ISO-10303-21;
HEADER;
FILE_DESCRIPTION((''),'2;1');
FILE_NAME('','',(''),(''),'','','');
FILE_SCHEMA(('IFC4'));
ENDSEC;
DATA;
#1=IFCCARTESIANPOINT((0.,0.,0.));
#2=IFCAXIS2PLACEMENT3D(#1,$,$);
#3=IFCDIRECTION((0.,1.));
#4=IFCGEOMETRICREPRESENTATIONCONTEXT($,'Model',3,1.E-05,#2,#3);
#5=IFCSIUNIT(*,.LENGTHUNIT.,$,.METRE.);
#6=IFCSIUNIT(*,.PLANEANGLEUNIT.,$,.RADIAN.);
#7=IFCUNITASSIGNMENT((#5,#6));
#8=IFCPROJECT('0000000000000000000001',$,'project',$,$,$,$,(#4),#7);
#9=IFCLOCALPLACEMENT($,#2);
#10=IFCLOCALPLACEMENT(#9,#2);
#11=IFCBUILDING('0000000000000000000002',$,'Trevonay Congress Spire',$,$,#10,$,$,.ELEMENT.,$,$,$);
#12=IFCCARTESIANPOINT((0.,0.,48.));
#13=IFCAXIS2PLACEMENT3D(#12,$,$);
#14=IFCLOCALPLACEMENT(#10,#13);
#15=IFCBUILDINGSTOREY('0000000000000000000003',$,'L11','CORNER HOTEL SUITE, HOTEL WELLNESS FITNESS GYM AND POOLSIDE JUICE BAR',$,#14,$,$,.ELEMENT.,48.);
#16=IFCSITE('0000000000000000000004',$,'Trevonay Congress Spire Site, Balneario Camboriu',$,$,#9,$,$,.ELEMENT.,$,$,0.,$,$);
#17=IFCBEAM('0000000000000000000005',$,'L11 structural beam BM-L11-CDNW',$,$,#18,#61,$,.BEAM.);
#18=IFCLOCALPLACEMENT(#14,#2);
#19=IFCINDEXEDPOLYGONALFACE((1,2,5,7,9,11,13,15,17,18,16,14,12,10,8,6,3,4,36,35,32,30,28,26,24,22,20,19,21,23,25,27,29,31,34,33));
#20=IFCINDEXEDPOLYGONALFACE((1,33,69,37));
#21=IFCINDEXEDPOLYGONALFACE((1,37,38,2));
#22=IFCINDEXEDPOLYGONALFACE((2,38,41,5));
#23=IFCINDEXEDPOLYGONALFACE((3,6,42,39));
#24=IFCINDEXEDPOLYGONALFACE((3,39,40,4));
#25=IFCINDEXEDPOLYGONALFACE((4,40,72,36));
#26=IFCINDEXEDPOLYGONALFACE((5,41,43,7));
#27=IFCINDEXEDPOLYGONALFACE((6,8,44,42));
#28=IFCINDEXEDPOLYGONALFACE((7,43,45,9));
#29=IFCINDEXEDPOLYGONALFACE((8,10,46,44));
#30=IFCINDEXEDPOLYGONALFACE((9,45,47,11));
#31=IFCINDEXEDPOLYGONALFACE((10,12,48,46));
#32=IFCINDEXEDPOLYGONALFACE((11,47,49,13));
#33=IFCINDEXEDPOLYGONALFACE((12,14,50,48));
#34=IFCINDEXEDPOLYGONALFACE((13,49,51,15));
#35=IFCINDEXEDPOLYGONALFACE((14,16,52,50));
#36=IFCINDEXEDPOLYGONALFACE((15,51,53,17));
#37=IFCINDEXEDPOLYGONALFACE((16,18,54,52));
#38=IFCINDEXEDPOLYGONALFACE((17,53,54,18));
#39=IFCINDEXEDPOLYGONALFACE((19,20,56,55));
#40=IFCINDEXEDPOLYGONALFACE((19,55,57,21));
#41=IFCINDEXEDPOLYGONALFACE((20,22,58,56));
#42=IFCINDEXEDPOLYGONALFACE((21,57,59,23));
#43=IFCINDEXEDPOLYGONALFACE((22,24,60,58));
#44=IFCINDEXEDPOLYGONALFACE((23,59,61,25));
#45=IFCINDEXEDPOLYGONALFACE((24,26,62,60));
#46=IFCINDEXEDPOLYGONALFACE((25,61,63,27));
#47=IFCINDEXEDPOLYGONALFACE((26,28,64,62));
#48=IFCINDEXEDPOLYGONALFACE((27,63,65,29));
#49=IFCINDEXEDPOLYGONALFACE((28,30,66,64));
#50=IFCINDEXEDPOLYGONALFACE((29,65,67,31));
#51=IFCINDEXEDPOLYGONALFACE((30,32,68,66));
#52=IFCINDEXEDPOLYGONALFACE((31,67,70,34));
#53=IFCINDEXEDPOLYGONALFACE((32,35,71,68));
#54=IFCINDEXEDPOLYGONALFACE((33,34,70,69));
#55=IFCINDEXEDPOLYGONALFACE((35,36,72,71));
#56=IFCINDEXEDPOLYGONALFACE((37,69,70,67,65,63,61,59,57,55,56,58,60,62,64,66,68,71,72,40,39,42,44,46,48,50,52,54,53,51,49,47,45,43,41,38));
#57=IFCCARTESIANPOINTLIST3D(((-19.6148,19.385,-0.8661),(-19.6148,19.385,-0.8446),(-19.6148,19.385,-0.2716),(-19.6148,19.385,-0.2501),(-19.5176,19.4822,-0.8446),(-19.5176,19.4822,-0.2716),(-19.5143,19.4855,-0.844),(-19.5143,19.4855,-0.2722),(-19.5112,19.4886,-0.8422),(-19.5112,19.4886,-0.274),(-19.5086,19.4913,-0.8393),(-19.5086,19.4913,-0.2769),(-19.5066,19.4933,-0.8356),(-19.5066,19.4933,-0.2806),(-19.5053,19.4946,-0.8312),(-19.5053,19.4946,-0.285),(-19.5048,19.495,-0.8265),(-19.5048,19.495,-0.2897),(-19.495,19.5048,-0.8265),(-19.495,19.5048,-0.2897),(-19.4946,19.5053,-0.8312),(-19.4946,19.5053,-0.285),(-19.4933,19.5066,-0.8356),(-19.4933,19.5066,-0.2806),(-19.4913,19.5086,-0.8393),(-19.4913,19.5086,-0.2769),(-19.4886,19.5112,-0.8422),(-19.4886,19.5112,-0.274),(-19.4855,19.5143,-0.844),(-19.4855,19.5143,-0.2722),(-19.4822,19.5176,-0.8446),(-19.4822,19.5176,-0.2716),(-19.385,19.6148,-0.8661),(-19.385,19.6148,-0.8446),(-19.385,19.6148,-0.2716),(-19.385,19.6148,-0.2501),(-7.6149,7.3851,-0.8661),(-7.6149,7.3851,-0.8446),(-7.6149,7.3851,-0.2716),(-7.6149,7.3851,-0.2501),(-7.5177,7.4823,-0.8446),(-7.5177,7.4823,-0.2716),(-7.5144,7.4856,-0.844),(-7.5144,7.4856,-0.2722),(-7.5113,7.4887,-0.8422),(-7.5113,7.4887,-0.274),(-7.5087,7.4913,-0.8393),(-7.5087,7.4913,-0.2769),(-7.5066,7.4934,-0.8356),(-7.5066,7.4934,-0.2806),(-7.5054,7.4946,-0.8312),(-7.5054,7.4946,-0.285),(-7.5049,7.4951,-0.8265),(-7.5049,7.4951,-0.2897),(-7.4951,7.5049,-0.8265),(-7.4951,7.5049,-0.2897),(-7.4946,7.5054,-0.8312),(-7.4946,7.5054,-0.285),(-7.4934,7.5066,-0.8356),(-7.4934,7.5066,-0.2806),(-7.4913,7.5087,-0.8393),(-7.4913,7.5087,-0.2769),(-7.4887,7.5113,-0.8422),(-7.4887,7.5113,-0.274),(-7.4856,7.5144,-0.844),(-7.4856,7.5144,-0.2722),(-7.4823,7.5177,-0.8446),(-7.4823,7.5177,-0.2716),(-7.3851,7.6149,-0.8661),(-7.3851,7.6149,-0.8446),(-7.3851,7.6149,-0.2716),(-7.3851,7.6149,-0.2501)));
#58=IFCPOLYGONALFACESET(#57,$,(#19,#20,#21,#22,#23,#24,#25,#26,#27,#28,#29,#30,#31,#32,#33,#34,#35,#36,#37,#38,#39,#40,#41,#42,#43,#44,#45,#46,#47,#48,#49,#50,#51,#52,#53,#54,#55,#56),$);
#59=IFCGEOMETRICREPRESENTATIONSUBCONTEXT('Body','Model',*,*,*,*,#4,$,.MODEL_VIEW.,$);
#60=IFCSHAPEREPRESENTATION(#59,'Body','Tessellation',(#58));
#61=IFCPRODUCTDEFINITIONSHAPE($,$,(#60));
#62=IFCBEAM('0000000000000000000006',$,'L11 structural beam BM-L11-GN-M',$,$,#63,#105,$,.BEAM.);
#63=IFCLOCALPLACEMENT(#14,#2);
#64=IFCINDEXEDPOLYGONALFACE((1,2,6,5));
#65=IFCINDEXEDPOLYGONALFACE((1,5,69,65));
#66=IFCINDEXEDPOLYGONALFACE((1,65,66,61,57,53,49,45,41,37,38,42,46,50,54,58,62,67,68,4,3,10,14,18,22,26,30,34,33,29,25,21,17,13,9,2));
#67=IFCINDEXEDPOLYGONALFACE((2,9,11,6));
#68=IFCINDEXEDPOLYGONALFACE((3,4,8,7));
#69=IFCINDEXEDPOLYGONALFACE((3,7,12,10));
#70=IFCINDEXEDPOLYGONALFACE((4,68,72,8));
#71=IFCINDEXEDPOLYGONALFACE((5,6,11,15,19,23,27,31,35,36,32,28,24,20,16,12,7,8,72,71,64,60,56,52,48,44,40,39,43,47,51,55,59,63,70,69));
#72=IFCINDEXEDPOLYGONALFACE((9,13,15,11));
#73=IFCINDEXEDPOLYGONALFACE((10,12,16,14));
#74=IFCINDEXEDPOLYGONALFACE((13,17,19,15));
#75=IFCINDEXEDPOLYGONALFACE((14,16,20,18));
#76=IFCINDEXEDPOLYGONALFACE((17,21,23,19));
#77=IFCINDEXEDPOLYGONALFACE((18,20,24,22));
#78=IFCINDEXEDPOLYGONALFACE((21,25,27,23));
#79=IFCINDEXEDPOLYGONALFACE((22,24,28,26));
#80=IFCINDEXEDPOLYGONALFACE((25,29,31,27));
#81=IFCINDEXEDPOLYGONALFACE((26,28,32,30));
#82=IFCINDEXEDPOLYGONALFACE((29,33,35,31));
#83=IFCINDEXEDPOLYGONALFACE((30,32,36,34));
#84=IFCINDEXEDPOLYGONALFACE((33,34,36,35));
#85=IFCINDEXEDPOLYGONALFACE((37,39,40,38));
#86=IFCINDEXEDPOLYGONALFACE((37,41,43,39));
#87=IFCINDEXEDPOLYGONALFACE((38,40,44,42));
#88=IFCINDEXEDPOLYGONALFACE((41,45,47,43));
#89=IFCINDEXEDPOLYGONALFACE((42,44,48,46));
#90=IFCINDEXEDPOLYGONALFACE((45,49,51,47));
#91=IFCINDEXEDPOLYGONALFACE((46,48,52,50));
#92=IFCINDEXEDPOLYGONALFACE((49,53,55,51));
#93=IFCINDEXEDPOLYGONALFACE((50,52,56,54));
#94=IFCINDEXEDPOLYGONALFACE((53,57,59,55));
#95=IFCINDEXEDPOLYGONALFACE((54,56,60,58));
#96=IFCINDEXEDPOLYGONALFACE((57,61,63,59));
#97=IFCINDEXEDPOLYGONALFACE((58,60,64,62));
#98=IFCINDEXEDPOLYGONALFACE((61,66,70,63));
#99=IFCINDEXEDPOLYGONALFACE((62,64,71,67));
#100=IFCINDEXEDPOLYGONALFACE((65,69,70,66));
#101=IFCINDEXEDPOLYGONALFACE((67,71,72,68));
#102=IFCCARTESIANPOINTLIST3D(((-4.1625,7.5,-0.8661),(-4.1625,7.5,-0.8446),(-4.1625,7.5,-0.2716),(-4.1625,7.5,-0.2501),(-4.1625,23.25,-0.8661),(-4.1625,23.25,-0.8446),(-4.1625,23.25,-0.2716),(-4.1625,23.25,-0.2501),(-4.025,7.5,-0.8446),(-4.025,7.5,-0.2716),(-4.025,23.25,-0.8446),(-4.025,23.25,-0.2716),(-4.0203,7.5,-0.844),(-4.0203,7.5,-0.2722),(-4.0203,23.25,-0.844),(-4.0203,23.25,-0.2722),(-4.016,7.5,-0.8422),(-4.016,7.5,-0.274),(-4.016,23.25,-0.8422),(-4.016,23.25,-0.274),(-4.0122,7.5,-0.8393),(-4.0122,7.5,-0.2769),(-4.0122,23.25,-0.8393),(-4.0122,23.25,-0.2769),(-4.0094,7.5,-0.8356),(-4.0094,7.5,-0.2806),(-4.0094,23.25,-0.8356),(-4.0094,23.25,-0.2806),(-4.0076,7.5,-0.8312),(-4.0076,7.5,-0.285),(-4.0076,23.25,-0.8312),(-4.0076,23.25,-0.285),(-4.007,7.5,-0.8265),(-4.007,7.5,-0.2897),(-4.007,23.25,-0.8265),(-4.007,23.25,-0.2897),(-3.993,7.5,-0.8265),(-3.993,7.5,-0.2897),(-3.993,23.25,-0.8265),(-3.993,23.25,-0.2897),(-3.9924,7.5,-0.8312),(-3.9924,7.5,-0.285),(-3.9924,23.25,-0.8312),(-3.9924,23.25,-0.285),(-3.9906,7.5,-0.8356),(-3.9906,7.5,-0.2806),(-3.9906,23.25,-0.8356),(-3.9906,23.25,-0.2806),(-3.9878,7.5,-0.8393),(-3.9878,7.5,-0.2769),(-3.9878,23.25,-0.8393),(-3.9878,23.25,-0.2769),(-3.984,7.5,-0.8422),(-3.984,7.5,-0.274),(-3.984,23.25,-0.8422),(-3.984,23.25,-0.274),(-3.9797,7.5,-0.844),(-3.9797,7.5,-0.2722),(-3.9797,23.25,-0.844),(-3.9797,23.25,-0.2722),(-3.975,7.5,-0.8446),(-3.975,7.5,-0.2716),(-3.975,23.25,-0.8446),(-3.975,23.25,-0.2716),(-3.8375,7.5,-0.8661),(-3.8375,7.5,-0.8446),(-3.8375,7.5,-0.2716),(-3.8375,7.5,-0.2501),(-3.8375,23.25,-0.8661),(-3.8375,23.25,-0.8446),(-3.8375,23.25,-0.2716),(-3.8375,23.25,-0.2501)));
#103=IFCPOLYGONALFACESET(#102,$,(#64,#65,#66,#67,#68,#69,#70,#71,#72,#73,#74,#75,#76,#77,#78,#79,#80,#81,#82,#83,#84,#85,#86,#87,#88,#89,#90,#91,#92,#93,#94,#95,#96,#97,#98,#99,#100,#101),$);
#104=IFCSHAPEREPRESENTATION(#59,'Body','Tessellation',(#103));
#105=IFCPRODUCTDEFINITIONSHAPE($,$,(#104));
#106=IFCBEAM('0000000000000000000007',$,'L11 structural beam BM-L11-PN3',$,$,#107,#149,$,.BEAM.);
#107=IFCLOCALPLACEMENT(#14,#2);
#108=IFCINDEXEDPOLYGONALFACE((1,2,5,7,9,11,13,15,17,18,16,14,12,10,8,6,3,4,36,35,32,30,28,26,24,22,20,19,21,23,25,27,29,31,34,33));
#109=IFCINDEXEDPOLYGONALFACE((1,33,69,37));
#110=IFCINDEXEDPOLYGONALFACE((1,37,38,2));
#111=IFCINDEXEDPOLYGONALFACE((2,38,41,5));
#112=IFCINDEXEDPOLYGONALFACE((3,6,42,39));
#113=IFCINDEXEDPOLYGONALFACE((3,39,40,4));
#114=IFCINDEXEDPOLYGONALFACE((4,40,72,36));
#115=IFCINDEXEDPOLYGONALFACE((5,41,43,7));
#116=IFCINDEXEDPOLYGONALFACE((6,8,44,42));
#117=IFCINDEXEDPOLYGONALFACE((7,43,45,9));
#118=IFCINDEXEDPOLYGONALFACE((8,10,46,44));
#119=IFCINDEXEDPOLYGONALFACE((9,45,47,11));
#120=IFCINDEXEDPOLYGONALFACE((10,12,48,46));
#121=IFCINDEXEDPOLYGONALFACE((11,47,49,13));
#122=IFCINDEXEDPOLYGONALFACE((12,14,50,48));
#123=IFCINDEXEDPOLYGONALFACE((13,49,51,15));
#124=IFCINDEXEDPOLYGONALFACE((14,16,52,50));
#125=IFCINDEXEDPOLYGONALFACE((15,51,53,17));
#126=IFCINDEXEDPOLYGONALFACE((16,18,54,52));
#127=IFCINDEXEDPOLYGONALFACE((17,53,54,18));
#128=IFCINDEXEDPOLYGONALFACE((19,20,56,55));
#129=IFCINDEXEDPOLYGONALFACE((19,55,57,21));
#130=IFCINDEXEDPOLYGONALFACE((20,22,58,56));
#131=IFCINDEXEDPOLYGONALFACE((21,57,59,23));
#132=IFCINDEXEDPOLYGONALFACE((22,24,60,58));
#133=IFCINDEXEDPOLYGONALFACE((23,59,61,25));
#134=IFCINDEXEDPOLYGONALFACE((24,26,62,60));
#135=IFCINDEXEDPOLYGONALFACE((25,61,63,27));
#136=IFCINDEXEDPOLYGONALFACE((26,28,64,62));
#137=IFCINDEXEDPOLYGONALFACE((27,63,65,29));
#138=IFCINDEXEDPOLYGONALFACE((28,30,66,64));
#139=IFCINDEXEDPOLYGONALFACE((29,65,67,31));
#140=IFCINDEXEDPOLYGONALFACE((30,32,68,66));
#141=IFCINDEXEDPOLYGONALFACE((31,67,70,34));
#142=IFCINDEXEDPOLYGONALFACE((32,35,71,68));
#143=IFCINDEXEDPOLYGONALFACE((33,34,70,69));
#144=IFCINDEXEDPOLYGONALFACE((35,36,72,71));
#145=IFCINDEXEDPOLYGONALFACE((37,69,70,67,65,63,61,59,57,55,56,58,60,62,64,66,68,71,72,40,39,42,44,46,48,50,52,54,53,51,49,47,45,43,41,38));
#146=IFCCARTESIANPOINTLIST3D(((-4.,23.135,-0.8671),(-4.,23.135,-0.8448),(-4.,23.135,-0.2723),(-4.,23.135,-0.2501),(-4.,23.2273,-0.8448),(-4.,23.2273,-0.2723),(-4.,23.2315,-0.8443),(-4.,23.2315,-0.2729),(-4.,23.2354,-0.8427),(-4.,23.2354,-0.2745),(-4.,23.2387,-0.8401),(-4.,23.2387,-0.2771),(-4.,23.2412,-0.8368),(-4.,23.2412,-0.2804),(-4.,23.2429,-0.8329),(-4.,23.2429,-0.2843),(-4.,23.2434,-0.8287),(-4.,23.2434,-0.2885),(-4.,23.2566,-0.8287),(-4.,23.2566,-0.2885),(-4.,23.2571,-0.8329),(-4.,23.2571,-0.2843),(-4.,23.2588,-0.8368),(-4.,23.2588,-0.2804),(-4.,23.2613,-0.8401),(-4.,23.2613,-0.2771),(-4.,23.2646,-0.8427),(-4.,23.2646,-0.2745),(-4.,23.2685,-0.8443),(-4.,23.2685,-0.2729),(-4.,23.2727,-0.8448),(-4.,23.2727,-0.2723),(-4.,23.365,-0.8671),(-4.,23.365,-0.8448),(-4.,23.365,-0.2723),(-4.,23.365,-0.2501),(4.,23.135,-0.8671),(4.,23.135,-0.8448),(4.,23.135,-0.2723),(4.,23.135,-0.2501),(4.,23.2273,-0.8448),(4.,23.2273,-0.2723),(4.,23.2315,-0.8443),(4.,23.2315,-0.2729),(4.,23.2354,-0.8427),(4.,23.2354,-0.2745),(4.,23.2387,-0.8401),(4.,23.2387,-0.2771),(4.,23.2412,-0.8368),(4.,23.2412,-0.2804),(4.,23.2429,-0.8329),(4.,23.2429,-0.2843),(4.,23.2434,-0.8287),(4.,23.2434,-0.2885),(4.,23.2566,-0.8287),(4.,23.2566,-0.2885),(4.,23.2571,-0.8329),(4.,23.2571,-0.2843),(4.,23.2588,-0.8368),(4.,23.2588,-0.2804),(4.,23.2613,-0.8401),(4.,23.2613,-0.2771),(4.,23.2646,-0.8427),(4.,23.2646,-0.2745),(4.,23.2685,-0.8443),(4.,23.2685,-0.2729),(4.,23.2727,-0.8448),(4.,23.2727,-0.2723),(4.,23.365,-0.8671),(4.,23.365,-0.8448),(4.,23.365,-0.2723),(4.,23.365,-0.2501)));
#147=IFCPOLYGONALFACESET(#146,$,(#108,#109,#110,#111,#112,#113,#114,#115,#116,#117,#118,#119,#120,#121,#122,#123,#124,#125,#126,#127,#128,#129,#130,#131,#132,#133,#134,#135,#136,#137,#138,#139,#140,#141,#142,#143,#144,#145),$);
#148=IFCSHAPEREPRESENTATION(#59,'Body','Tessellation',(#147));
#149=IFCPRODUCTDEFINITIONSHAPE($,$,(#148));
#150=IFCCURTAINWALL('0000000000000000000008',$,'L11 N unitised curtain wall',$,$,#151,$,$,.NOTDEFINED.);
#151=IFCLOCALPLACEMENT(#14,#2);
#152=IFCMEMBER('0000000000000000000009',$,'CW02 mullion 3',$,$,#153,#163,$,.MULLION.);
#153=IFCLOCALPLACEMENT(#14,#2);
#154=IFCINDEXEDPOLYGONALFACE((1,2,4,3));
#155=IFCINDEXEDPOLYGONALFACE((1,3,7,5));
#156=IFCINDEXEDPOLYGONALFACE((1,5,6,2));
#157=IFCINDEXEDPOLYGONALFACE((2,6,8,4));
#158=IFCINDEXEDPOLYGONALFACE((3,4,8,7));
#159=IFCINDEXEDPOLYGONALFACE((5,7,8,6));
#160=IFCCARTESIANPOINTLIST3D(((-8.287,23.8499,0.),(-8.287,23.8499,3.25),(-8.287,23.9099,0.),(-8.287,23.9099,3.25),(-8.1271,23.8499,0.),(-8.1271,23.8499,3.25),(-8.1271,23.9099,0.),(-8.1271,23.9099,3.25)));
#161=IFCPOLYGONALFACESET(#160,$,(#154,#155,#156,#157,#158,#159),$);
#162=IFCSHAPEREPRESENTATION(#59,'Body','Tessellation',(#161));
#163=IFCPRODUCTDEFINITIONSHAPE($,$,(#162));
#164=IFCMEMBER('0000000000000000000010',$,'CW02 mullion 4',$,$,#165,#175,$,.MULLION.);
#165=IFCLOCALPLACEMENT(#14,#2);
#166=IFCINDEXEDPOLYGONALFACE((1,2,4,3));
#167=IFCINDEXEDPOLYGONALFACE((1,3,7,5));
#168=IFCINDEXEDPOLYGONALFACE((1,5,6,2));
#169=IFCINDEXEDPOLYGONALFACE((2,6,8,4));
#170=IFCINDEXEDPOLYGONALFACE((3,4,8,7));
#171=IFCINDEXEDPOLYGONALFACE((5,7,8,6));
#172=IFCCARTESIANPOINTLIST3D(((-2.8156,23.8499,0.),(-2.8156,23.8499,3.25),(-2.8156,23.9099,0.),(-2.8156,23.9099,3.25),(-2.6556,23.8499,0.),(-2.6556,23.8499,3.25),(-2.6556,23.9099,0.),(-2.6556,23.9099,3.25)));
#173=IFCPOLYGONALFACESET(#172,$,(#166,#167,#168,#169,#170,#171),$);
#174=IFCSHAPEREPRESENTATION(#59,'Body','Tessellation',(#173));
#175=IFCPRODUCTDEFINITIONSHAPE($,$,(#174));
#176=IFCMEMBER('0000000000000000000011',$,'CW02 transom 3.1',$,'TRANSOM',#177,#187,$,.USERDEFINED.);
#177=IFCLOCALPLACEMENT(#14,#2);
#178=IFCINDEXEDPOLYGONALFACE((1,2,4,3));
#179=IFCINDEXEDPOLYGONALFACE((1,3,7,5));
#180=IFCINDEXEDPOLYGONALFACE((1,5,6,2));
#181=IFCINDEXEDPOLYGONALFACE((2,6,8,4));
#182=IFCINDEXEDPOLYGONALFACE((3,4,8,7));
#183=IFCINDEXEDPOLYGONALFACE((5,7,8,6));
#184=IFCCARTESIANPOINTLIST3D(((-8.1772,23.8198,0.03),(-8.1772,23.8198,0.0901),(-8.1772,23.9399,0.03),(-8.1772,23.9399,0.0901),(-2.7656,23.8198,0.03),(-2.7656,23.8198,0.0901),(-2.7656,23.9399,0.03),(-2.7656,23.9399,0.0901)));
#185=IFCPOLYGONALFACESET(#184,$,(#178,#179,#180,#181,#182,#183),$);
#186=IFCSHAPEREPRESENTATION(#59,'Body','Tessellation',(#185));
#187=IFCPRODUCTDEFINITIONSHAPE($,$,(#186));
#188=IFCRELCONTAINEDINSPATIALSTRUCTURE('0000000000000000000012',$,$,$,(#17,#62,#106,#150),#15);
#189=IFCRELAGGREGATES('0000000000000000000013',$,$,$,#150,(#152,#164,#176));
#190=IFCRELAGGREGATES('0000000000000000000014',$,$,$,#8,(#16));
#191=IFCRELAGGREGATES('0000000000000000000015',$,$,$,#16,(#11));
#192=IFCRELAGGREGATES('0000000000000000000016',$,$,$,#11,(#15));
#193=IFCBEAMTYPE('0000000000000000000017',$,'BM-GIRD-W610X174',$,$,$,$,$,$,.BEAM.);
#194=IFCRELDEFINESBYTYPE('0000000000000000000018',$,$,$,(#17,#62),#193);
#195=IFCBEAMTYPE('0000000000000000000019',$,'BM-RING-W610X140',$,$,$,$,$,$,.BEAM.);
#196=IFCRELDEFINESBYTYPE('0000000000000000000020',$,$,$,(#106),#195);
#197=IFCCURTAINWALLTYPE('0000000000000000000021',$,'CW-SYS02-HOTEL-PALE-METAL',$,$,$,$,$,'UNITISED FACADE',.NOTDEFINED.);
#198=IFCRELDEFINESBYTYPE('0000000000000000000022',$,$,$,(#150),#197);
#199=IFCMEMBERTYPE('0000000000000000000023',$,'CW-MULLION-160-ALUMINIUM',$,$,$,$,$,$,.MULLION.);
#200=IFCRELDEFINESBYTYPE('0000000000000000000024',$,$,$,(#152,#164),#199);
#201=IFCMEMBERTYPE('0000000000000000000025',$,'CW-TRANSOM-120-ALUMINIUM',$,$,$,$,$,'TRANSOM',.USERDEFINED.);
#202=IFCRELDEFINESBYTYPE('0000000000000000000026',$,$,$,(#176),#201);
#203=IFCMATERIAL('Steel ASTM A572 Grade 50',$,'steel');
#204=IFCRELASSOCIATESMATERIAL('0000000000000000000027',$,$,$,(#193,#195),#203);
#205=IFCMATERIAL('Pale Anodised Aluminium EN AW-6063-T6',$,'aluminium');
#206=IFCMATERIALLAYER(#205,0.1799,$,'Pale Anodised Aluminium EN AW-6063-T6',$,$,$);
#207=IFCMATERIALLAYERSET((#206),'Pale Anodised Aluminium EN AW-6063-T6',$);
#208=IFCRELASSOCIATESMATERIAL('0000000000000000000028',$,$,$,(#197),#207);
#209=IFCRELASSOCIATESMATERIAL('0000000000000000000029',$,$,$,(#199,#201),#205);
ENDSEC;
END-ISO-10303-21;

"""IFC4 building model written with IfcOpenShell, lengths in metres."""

from ifc_helpers import new_model, si_unit, direction, frame, origin, origin_2d, place, context, subcontext, project, spatial, rectangle, i_section, extrude, material, layer, layer_set, material_profile, profile_set, type_object, element, aggregate, save


model = new_model("IFC4")

# Units and contexts
model_context = context("Model", 3, precision=1e-05, world=origin(), true_north=direction((0.0, 1.0)))
body_context = subcontext(model_context, "Body", "Model", "MODEL_VIEW")
ifc_project = project(units=[si_unit("LENGTHUNIT", "METRE"), si_unit("PLANEANGLEUNIT", "RADIAN")], contexts=[model_context])

# Site, building, storey
site_placement = place(None, origin())
site = spatial("IfcSite", under=ifc_project, at=site_placement, Name="Trevonay Congress Spire Site, Balneario Camboriu", CompositionType="ELEMENT", RefElevation=0.0)
building_placement = place(site_placement, origin())
building = spatial("IfcBuilding", under=site, at=building_placement, Name="Trevonay Congress Spire", CompositionType="ELEMENT")
storey_placement = place(building_placement, frame((0.0, 0.0, 48.0)))
storey = spatial("IfcBuildingStorey", under=building, at=storey_placement, Name="L11", Description="CORNER HOTEL SUITE, HOTEL WELLNESS FITNESS GYM AND POOLSIDE JUICE BAR", CompositionType="ELEMENT", Elevation=48.0)

# Shared definitions
ifc_material_1 = material(Name="Steel ASTM A572 Grade 50", Category="steel")

# Beams
ifc_material_profile_1 = material_profile(ifc_material_1, i_section(OverallWidth=0.325, OverallDepth=0.616, WebThickness=0.0139, FlangeThickness=0.0215, FilletRadius=0.0181, at=origin_2d()), Name="W610x174")
ifc_profile_set_1 = profile_set([ifc_material_profile_1], Name="Steel ASTM A572 Grade 50")
beam_type_1 = type_object("IfcBeamType", Name="BM-GIRD-W610X174", PredefinedType="BEAM", material=ifc_profile_set_1)
beam_1_placement = place(storey_placement, frame((-7.5, 7.5, -0.5581), z_axis=(-0.707107, 0.707107, 0.0), x_axis=(-0.707107, -0.707107, 0.0)))
element("IfcBeam", 1, at=beam_1_placement, inside=storey, type_object=beam_type_1, Name="L11 structural beam BM-L11-CDNW", PredefinedType="BEAM", context=body_context, shape_type="SweptSolid", body=[
    extrude(i_section(OverallWidth=0.325, OverallDepth=0.616, WebThickness=0.0139, FlangeThickness=0.0215, FilletRadius=0.0181, at=origin_2d()), origin(), (0.0, 0.0, 1.0), 16.9705),
])
beam_2_placement = place(storey_placement, frame((-4.0, 7.5, -0.5581), z_axis=(0.0, 1.0, 0.0), x_axis=(-1.0, 0.0, 0.0)))
element("IfcBeam", 2, at=beam_2_placement, inside=storey, type_object=beam_type_1, Name="L11 structural beam BM-L11-GN-M", PredefinedType="BEAM", context=body_context, shape_type="SweptSolid", body=[
    extrude(i_section(OverallWidth=0.325, OverallDepth=0.616, WebThickness=0.0139, FlangeThickness=0.0215, FilletRadius=0.0181, at=origin_2d()), origin(), (0.0, 0.0, 1.0), 15.75),
])
ifc_material_profile_2 = material_profile(ifc_material_1, i_section(OverallWidth=0.23, OverallDepth=0.6169, WebThickness=0.0132, FlangeThickness=0.0222, FilletRadius=0.0161, at=origin_2d()), Name="W610x140")
ifc_profile_set_2 = profile_set([ifc_material_profile_2], Name="Steel ASTM A572 Grade 50")
beam_type_2 = type_object("IfcBeamType", Name="BM-RING-W610X140", PredefinedType="BEAM", material=ifc_profile_set_2)
beam_3_placement = place(storey_placement, frame((-4.0, 23.25, -0.5586), z_axis=(1.0, 0.0, 0.0), x_axis=(0.0, 1.0, 0.0)))
element("IfcBeam", 3, at=beam_3_placement, inside=storey, type_object=beam_type_2, Name="L11 structural beam BM-L11-PN3", PredefinedType="BEAM", context=body_context, shape_type="SweptSolid", body=[
    extrude(i_section(OverallWidth=0.23, OverallDepth=0.6169, WebThickness=0.0132, FlangeThickness=0.0222, FilletRadius=0.0161, at=origin_2d()), origin(), (0.0, 0.0, 1.0), 8.0),
])

# Curtain wall, members
ifc_material_2 = material(Name="Pale Anodised Aluminium EN AW-6063-T6", Category="aluminium")
ifc_layer_1 = layer(ifc_material_2, 0.1799, Name="Pale Anodised Aluminium EN AW-6063-T6")
ifc_layer_set_1 = layer_set([ifc_layer_1], Name="Pale Anodised Aluminium EN AW-6063-T6")
curtain_wall_type = type_object("IfcCurtainWallType", Name="CW-SYS02-HOTEL-PALE-METAL", ElementType="UNITISED FACADE", PredefinedType="NOTDEFINED", material=ifc_layer_set_1)
curtain_wall_placement = place(storey_placement, origin())
curtain_wall = element("IfcCurtainWall", 4, at=curtain_wall_placement, inside=storey, type_object=curtain_wall_type, Name="L11 N unitised curtain wall", PredefinedType="NOTDEFINED")
ifc_material_profile_3 = material_profile(ifc_material_2, rectangle(XDim=0.0601, YDim=0.1599, at=origin_2d()), Name="CW-MULLION-160-ALUMINIUM")
ifc_profile_set_3 = profile_set([ifc_material_profile_3], Name="Pale Anodised Aluminium EN AW-6063-T6")
member_type_1 = type_object("IfcMemberType", Name="CW-MULLION-160-ALUMINIUM", PredefinedType="MULLION", material=ifc_profile_set_3)
member_1_placement = place(storey_placement, frame((-8.207, 23.8799, 0.0), z_axis=(0.0, 0.0, 1.0), x_axis=(0.0, 1.0, 0.0)))
member_1 = element("IfcMember", 5, at=member_1_placement, type_object=member_type_1, Name="CW02 mullion 3", PredefinedType="MULLION", context=body_context, shape_type="SweptSolid", body=[
    extrude(rectangle(XDim=0.0601, YDim=0.1599, at=origin_2d()), origin(), (0.0, 0.0, 1.0), 3.25),
])
member_2_placement = place(storey_placement, frame((-2.7356, 23.8799, 0.0), z_axis=(0.0, 0.0, 1.0), x_axis=(0.0, 1.0, 0.0)))
member_2 = element("IfcMember", 6, at=member_2_placement, type_object=member_type_1, Name="CW02 mullion 4", PredefinedType="MULLION", context=body_context, shape_type="SweptSolid", body=[
    extrude(rectangle(XDim=0.0601, YDim=0.1599, at=origin_2d()), origin(), (0.0, 0.0, 1.0), 3.25),
])
ifc_material_profile_4 = material_profile(ifc_material_2, rectangle(XDim=0.1201, YDim=0.0601, at=origin_2d()), Name="CW-TRANSOM-120-ALUMINIUM")
ifc_profile_set_4 = profile_set([ifc_material_profile_4], Name="Pale Anodised Aluminium EN AW-6063-T6")
member_type_2 = type_object("IfcMemberType", Name="CW-TRANSOM-120-ALUMINIUM", ElementType="TRANSOM", PredefinedType="USERDEFINED", material=ifc_profile_set_4)
member_3_placement = place(storey_placement, frame((-8.1772, 23.8799, 0.0601), z_axis=(1.0, 0.0, 0.0), x_axis=(0.0, 1.0, 0.0)))
member_3 = element("IfcMember", 7, at=member_3_placement, type_object=member_type_2, Name="CW02 transom 3.1", ObjectType="TRANSOM", PredefinedType="USERDEFINED", context=body_context, shape_type="SweptSolid", body=[
    extrude(rectangle(XDim=0.1201, YDim=0.0601, at=origin_2d()), origin(), (0.0, 0.0, 1.0), 5.4116),
])

aggregate(curtain_wall, [member_1, member_2, member_3])

save(model, "model.ifc")
